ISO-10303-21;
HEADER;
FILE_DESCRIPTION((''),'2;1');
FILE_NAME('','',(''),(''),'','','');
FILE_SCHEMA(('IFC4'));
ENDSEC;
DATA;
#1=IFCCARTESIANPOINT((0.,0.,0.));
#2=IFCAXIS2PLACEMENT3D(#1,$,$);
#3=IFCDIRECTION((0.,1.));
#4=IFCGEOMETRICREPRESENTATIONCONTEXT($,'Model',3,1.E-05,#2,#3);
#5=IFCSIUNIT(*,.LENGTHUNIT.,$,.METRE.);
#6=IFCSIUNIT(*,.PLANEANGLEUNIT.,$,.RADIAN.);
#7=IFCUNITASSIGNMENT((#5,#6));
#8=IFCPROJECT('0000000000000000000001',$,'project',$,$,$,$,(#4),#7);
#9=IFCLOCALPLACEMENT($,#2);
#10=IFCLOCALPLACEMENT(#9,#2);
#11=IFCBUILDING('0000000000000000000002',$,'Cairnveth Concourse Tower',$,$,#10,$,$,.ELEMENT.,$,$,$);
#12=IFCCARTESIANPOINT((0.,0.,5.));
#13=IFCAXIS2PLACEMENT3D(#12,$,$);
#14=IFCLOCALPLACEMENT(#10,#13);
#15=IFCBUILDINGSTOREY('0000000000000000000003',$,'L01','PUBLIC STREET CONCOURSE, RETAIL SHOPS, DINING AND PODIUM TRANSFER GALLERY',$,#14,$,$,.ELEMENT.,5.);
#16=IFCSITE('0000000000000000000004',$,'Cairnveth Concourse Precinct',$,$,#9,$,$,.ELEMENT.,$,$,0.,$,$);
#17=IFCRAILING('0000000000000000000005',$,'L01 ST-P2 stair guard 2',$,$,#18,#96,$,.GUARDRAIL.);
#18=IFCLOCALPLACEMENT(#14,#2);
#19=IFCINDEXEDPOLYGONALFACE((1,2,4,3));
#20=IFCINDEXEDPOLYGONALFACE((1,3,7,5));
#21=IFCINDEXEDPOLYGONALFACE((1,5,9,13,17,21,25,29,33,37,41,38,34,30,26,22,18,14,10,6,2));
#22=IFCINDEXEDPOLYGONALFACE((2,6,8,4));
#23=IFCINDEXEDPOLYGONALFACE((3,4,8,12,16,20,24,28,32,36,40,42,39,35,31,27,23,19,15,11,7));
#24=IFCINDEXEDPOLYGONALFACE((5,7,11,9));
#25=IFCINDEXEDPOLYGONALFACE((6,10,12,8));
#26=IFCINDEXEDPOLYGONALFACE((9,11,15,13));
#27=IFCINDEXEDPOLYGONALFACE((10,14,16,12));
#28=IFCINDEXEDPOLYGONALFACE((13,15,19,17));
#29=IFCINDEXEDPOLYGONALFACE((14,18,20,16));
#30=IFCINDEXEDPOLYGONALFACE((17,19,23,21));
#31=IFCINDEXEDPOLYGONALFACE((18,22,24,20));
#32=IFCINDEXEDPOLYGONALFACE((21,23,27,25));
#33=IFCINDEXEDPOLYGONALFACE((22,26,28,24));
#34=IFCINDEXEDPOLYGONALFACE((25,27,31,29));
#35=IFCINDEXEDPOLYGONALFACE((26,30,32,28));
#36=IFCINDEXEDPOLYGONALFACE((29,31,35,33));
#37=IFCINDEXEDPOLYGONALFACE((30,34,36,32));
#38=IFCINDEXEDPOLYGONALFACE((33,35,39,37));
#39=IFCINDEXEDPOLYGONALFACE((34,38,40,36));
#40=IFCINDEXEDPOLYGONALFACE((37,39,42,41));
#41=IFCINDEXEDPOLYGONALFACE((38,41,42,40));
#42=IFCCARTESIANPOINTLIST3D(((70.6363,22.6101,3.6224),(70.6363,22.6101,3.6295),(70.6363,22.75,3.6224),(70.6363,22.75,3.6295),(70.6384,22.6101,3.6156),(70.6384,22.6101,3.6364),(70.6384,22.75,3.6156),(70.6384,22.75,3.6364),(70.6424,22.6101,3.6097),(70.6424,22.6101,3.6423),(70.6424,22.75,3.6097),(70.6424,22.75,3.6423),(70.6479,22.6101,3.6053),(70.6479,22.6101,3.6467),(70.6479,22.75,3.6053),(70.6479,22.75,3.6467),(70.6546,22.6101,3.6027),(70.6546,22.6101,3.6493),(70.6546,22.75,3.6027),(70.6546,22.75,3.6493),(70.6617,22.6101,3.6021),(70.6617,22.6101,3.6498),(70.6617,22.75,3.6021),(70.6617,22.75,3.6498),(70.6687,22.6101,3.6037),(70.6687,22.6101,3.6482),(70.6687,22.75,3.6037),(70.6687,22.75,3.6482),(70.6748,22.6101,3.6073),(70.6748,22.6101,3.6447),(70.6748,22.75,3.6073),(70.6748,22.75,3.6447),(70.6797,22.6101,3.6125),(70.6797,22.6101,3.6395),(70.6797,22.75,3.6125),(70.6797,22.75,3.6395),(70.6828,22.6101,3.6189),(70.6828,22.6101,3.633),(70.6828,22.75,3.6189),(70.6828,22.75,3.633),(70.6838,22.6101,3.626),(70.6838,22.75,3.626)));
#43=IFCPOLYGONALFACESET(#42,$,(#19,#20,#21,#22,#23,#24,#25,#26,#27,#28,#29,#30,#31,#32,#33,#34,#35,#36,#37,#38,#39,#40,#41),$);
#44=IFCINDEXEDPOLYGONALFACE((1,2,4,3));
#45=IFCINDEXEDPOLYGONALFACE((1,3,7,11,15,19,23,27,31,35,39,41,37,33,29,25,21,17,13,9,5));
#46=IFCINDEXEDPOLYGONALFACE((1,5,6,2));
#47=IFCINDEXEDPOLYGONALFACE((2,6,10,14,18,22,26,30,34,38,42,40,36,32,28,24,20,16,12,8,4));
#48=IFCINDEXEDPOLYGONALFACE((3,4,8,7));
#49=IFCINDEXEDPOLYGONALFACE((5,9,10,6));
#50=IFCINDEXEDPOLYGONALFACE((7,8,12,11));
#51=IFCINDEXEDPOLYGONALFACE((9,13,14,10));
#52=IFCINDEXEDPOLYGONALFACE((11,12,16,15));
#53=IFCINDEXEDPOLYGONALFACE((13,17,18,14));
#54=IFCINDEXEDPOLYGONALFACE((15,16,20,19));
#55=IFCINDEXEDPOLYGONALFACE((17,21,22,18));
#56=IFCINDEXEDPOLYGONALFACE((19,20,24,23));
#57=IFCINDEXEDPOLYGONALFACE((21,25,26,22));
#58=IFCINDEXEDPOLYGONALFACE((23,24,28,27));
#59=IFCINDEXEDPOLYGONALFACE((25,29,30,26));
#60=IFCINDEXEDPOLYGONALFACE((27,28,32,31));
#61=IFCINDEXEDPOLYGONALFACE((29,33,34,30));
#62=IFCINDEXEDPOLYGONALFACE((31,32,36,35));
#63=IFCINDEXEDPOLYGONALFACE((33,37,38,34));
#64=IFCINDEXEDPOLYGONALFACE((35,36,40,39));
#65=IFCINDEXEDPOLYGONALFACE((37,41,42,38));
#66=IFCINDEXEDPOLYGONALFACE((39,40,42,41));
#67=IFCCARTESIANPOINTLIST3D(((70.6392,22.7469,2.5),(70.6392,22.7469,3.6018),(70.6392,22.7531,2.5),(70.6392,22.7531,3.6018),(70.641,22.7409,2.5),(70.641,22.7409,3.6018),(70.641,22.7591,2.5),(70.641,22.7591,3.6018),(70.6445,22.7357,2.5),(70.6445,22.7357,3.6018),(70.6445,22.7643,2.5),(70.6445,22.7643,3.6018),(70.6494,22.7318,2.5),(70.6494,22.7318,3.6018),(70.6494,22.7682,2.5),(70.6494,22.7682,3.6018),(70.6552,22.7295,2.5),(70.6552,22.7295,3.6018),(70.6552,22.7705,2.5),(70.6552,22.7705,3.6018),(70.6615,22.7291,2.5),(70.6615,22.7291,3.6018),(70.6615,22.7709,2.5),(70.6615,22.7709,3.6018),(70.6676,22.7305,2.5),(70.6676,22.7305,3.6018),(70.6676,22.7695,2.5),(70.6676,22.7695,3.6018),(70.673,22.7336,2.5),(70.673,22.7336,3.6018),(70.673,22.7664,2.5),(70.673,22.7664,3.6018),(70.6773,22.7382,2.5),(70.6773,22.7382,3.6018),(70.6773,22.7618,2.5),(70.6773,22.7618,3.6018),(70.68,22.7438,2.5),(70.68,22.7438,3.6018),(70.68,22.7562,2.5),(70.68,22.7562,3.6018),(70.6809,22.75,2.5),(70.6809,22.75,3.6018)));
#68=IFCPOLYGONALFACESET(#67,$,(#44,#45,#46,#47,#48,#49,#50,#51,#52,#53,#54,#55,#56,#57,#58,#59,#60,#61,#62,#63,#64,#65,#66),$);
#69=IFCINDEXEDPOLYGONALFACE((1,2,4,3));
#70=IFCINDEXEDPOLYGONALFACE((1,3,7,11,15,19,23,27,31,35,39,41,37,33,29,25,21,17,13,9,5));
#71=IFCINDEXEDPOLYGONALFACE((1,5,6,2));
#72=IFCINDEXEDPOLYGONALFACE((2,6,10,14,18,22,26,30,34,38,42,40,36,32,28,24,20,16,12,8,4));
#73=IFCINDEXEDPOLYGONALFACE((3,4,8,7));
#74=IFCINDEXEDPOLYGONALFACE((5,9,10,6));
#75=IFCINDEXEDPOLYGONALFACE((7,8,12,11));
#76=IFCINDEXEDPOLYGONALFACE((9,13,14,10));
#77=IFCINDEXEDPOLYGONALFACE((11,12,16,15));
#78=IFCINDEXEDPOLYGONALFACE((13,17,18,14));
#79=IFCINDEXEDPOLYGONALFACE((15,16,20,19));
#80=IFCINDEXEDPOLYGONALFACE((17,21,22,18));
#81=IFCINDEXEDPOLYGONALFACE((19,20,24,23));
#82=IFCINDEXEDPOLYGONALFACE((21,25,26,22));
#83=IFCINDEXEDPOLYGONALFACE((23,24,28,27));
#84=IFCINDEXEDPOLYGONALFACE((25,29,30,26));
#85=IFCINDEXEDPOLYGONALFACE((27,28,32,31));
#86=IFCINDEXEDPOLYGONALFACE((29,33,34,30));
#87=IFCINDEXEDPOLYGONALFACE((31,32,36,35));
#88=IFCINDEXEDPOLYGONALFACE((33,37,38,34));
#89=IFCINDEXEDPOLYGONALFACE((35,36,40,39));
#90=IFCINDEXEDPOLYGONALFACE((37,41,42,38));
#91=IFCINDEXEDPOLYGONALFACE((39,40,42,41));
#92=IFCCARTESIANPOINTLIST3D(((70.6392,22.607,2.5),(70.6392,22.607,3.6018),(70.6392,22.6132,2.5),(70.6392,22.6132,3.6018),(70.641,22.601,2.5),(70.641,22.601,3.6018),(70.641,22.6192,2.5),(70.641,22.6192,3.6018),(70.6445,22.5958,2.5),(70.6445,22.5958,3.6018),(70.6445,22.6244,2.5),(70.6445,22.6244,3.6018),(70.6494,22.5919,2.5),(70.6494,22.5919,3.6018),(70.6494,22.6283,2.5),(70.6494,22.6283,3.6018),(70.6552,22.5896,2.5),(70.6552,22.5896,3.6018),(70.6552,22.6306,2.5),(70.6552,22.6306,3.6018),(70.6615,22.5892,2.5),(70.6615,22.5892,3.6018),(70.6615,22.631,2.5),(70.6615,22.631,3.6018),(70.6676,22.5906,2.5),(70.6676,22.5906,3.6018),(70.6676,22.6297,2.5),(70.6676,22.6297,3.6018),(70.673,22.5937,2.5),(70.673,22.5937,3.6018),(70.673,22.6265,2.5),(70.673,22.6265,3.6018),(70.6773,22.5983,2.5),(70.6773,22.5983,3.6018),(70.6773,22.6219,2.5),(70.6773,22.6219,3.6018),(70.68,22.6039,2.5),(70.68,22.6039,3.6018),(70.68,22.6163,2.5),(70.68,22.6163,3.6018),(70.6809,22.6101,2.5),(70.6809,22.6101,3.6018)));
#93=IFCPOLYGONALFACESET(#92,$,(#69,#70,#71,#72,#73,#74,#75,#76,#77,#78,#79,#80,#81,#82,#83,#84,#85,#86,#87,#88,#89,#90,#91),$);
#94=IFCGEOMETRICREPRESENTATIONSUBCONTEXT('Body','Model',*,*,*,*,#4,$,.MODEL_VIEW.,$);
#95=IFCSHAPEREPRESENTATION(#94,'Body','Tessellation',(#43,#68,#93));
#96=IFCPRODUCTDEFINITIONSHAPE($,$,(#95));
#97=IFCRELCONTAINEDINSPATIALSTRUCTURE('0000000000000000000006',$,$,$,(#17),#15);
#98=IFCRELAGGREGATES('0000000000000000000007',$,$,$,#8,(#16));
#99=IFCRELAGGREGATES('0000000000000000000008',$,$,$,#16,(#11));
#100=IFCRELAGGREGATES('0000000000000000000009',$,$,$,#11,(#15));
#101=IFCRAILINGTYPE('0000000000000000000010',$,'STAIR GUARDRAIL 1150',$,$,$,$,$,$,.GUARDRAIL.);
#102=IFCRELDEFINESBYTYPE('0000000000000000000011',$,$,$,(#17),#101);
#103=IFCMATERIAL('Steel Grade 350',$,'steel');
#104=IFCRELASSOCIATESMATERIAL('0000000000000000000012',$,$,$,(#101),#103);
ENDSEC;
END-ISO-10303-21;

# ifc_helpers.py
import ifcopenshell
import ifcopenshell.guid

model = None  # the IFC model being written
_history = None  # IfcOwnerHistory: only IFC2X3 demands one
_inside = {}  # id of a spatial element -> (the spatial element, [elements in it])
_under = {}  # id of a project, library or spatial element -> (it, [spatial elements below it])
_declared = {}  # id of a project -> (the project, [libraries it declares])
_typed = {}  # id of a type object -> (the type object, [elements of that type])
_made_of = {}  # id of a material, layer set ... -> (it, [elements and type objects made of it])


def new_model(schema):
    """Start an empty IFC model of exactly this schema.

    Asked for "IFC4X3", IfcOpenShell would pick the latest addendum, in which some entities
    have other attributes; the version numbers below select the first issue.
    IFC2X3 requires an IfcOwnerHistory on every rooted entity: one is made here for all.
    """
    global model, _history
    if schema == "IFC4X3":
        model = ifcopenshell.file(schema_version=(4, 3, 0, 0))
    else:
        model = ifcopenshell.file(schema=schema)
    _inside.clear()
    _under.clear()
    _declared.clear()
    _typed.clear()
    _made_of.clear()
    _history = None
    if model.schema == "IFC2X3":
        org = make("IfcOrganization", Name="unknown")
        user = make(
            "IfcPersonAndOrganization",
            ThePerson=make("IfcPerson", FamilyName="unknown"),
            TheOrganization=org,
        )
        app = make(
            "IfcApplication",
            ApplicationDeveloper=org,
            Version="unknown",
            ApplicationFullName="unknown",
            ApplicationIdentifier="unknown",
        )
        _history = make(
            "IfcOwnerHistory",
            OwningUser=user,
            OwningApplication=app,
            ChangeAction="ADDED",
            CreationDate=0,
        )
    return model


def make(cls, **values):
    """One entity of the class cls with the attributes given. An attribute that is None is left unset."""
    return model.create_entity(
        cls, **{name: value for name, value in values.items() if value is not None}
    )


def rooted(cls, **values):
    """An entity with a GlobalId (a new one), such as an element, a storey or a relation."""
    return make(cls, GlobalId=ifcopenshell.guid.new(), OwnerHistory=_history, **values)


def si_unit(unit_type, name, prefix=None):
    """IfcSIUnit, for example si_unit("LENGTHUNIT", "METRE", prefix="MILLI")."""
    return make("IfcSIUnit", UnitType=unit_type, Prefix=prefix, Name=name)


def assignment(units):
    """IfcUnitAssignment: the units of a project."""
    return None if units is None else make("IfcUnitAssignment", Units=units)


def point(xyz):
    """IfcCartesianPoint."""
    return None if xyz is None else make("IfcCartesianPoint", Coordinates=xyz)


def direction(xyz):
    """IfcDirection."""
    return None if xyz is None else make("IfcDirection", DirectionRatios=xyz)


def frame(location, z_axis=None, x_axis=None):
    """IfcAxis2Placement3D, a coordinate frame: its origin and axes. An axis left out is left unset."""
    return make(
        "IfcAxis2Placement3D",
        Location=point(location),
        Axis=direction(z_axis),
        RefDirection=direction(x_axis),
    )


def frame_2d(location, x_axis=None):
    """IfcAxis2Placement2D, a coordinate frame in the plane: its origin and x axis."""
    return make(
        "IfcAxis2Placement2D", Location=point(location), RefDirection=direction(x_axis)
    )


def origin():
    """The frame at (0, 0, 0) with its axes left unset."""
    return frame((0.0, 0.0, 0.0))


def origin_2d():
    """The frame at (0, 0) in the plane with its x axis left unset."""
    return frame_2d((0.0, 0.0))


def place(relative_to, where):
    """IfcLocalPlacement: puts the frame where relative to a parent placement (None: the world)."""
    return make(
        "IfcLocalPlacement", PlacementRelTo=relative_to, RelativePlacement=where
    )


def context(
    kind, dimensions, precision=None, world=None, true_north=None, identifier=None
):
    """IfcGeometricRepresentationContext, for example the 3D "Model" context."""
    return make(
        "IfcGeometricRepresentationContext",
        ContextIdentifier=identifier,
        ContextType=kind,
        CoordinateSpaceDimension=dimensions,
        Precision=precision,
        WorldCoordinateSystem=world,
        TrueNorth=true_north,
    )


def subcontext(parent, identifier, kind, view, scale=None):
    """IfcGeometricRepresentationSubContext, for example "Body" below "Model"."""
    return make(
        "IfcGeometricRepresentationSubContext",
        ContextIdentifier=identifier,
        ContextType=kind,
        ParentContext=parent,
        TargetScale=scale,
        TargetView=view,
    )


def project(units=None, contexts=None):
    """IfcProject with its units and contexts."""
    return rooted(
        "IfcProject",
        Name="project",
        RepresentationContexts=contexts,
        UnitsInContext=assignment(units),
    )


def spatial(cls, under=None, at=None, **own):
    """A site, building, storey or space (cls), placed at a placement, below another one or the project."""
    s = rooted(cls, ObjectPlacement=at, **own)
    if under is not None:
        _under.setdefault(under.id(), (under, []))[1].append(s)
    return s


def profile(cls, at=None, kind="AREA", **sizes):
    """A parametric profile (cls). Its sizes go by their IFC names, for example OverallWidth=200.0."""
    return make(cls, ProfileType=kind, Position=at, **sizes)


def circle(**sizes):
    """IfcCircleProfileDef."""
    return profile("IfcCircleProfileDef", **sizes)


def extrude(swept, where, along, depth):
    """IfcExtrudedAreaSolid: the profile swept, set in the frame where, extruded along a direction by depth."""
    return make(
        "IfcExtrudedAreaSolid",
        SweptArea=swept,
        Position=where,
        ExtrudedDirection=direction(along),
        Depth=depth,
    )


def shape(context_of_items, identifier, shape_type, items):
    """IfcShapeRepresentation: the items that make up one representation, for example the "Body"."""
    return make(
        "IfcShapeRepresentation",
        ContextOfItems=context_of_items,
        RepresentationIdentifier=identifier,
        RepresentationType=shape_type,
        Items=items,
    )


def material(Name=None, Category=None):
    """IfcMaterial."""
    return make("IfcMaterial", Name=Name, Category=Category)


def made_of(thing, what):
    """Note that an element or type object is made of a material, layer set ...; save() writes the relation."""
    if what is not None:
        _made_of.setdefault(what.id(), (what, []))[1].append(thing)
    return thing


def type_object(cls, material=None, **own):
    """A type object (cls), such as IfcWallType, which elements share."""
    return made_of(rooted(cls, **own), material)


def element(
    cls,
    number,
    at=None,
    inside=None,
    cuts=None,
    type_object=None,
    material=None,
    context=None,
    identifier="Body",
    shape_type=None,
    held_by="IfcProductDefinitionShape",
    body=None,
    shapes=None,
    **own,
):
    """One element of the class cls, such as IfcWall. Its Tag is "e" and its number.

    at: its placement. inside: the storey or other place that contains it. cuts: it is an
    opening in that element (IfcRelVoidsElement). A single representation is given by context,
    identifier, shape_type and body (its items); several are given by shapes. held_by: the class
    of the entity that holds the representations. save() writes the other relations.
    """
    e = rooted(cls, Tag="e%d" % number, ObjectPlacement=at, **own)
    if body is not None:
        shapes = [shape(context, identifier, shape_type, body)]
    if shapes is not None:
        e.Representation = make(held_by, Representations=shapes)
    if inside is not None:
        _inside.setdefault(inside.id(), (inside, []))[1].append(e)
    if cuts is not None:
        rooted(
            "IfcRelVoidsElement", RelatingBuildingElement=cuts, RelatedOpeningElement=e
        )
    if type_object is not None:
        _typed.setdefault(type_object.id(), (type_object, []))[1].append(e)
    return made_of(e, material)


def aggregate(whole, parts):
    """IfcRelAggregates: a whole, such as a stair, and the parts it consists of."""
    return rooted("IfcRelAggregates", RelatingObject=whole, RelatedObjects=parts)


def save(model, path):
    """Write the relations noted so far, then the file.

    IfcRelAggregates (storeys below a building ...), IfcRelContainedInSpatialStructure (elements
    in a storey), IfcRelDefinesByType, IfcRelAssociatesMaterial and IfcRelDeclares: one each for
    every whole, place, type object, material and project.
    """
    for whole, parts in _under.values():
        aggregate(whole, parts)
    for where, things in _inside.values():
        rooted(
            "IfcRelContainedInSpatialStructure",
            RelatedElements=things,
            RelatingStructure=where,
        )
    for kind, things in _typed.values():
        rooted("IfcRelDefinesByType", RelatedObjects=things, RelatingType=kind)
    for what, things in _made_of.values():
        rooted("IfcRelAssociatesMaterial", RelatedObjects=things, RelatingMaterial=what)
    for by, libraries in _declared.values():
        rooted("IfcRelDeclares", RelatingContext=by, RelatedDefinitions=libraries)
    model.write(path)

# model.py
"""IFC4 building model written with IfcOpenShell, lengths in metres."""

from ifc_helpers import new_model, si_unit, direction, frame, origin, origin_2d, place, context, subcontext, project, spatial, circle, extrude, material, type_object, element, save


model = new_model("IFC4")

# Units and contexts
model_context = context("Model", 3, precision=1e-05, world=origin(), true_north=direction((0.0, 1.0)))
body_context = subcontext(model_context, "Body", "Model", "MODEL_VIEW")
ifc_project = project(units=[si_unit("LENGTHUNIT", "METRE"), si_unit("PLANEANGLEUNIT", "RADIAN")], contexts=[model_context])

# Site, building, storey
site_placement = place(None, origin())
site = spatial("IfcSite", under=ifc_project, at=site_placement, Name="Cairnveth Concourse Precinct", CompositionType="ELEMENT", RefElevation=0.0)
building_placement = place(site_placement, origin())
building = spatial("IfcBuilding", under=site, at=building_placement, Name="Cairnveth Concourse Tower", CompositionType="ELEMENT")
storey_placement = place(building_placement, frame((0.0, 0.0, 5.0)))
storey = spatial("IfcBuildingStorey", under=building, at=storey_placement, Name="L01", Description="PUBLIC STREET CONCOURSE, RETAIL SHOPS, DINING AND PODIUM TRANSFER GALLERY", CompositionType="ELEMENT", Elevation=5.0)

# Shared definitions
ifc_material_1 = material(Name="Steel Grade 350", Category="steel")

# Railing
railing_type_1 = type_object("IfcRailingType", Name="STAIR GUARDRAIL 1150", PredefinedType="GUARDRAIL", material=ifc_material_1)
railing_1_placement = place(storey_placement, frame((70.6599, 22.75, 2.5)))
element("IfcRailing", 1, at=railing_1_placement, inside=storey, type_object=railing_type_1, Name="L01 ST-P2 stair guard 2", PredefinedType="GUARDRAIL", context=body_context, shape_type="SweptSolid", body=[
    extrude(circle(Radius=0.0239, at=origin_2d()), frame((0.0, 0.0, 1.126), z_axis=(0.0, -1.0, 0.0), x_axis=(1.0, 0.0, 0.0)), (0.0, 0.0, 1.0), 0.1399),
    extrude(circle(Radius=0.021, at=origin_2d()), origin(), (0.0, 0.0, 1.0), 1.1018),
    extrude(circle(Radius=0.021, at=origin_2d()), frame((0.0, -0.1399, 0.0)), (0.0, 0.0, 1.0), 1.1018),
])

save(model, "model.ifc")
